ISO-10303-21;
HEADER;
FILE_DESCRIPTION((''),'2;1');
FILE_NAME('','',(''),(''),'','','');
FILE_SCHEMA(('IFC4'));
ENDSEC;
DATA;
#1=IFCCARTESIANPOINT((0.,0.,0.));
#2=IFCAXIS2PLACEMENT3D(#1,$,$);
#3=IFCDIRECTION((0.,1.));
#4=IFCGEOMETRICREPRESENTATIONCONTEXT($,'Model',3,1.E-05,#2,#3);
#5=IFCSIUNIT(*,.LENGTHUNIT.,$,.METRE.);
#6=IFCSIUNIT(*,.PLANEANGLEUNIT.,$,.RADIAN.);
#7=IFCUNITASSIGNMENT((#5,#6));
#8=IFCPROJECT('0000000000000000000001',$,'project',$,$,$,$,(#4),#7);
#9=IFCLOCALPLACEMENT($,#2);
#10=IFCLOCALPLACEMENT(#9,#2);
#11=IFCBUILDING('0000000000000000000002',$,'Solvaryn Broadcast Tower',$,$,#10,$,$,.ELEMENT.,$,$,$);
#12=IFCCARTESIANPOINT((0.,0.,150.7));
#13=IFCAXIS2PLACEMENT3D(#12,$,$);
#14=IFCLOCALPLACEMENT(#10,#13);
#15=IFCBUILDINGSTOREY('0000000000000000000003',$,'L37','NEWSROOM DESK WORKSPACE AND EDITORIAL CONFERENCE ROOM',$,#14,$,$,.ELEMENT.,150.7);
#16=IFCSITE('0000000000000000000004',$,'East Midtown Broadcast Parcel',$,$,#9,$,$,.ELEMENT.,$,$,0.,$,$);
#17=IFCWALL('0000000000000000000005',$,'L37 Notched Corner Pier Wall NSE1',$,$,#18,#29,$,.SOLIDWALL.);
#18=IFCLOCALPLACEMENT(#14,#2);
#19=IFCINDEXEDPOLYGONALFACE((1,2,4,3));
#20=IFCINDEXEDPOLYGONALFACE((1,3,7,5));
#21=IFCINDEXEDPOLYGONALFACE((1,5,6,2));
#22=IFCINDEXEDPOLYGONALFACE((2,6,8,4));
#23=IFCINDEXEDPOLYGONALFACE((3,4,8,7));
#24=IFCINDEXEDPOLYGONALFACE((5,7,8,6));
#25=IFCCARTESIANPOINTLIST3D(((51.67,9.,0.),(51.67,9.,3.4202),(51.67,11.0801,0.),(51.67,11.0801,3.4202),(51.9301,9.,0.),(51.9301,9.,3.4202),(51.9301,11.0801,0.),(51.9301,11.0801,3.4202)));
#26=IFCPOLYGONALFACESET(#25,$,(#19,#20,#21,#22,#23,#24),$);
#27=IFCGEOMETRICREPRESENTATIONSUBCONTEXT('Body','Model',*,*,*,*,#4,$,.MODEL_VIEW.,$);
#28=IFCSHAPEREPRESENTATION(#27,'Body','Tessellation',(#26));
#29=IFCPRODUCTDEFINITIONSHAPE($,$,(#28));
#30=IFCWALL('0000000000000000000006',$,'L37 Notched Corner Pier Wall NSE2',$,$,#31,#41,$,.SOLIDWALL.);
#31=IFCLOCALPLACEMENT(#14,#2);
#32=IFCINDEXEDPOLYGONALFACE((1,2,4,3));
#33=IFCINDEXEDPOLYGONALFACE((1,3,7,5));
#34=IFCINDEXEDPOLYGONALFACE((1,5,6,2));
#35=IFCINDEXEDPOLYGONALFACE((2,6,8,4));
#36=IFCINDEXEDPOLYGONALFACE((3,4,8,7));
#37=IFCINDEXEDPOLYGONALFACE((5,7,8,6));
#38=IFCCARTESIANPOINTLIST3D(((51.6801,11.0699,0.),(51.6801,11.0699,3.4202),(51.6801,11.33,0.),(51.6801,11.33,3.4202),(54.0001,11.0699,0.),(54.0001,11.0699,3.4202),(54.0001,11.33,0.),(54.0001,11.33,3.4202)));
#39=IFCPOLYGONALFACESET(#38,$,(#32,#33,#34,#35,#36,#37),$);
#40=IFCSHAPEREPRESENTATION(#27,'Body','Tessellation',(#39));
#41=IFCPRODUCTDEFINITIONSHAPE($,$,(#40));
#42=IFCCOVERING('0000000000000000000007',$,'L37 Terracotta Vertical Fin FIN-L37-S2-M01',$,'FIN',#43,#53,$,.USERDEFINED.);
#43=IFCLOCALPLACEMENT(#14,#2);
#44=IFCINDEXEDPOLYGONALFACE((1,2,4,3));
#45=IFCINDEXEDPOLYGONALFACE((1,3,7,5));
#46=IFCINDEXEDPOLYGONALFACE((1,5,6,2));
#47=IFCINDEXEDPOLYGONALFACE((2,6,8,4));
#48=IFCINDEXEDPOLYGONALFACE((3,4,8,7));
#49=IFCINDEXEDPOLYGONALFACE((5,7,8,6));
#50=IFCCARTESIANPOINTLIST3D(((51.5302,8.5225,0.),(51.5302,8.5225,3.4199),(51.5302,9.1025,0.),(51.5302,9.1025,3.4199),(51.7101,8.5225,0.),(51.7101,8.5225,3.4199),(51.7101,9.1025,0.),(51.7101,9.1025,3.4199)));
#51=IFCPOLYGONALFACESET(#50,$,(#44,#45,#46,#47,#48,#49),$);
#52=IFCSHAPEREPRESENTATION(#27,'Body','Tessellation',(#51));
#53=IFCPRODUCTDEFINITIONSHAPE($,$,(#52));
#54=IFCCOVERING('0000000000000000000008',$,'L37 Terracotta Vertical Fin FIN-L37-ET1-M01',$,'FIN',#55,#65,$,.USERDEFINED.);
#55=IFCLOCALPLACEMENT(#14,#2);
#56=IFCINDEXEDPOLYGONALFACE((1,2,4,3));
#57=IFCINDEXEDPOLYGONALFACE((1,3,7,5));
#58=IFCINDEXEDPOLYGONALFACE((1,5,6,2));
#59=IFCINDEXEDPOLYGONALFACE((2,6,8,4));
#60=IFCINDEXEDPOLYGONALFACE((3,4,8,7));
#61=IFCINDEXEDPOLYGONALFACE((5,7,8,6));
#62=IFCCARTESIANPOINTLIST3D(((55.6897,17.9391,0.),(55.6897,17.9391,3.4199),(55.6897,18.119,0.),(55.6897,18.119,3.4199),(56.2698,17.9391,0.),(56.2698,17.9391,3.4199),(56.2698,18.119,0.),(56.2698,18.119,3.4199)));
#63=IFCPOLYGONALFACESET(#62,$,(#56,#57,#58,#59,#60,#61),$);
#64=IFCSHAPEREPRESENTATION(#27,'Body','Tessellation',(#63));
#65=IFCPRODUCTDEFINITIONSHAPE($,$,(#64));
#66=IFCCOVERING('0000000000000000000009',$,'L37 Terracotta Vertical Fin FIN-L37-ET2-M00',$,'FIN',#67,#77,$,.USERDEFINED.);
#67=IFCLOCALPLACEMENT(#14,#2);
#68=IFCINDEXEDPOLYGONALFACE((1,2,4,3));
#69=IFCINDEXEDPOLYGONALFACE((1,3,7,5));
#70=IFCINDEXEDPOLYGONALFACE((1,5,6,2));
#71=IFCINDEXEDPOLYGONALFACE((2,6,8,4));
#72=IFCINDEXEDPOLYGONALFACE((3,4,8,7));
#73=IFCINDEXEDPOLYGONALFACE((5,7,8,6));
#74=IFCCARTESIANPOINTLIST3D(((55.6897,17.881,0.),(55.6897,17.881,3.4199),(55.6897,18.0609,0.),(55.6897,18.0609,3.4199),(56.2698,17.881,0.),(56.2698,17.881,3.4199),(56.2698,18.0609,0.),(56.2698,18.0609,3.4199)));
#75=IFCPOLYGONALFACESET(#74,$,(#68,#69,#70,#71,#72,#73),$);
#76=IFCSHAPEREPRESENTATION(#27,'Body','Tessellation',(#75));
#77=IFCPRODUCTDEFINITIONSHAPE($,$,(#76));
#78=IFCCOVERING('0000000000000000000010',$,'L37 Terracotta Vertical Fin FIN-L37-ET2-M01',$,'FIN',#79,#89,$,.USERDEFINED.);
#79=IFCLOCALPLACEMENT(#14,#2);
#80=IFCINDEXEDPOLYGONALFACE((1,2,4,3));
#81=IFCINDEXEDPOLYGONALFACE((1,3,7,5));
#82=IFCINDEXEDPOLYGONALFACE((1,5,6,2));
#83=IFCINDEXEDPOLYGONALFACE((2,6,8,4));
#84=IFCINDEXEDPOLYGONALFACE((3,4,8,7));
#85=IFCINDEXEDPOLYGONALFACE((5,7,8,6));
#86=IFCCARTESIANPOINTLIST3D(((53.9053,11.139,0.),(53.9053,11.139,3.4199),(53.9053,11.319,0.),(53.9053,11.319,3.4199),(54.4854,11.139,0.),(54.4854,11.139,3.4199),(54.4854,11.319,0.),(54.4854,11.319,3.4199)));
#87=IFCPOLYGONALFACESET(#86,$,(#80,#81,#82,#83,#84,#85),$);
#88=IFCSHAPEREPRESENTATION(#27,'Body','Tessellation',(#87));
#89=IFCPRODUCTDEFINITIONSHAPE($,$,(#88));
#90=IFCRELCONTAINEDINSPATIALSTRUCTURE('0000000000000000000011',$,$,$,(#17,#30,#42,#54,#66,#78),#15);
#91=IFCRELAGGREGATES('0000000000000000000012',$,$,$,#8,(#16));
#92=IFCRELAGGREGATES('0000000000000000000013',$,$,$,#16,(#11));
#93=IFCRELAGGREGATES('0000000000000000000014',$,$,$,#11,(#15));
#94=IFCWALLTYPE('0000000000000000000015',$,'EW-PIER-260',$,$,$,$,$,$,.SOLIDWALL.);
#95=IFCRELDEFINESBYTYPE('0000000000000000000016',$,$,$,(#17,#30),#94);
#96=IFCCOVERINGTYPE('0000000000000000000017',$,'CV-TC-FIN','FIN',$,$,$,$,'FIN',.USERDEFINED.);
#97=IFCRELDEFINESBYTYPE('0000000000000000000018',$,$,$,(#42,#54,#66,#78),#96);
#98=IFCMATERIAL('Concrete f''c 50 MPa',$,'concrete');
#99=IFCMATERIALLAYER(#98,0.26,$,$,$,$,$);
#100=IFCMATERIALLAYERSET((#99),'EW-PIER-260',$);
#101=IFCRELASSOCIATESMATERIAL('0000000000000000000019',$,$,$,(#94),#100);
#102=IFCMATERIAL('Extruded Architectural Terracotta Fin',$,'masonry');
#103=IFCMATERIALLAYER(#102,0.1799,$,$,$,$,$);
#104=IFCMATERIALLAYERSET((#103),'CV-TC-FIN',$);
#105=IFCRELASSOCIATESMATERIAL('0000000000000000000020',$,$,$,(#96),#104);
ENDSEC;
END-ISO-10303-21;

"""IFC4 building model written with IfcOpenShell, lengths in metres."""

from ifc_helpers import new_model, si_unit, direction, frame, frame_2d, origin, origin_2d, place, context, subcontext, project, spatial, rectangle, extrude, material, layer, layer_set, type_object, element, save


model = new_model("IFC4")

# Units and contexts
model_context = context("Model", 3, precision=1e-05, world=origin(), true_north=direction((0.0, 1.0)))
body_context = subcontext(model_context, "Body", "Model", "MODEL_VIEW")
ifc_project = project(units=[si_unit("LENGTHUNIT", "METRE"), si_unit("PLANEANGLEUNIT", "RADIAN")], contexts=[model_context])

# Site, building, storey
site_placement = place(None, origin())
site = spatial("IfcSite", under=ifc_project, at=site_placement, Name="East Midtown Broadcast Parcel", CompositionType="ELEMENT", RefElevation=0.0)
building_placement = place(site_placement, origin())
building = spatial("IfcBuilding", under=site, at=building_placement, Name="Solvaryn Broadcast Tower", CompositionType="ELEMENT")
storey_placement = place(building_placement, frame((0.0, 0.0, 150.7)))
storey = spatial("IfcBuildingStorey", under=building, at=storey_placement, Name="L37", Description="NEWSROOM DESK WORKSPACE AND EDITORIAL CONFERENCE ROOM", CompositionType="ELEMENT", Elevation=150.7)

# Walls
ifc_material_1 = material(Name="Concrete f'c 50 MPa", Category="concrete")
ifc_layer_1 = layer(ifc_material_1, 0.26)
ifc_layer_set_1 = layer_set([ifc_layer_1], Name="EW-PIER-260")
wall_type = type_object("IfcWallType", Name="EW-PIER-260", PredefinedType="SOLIDWALL", material=ifc_layer_set_1)
wall_1_placement = place(storey_placement, frame((51.8, 9.0, 0.0), z_axis=(0.0, 0.0, 1.0), x_axis=(0.0, 1.0, 0.0)))
element("IfcWall", 1, at=wall_1_placement, inside=storey, type_object=wall_type, Name="L37 Notched Corner Pier Wall NSE1", PredefinedType="SOLIDWALL", context=body_context, shape_type="SweptSolid", body=[
    extrude(rectangle(XDim=2.0801, YDim=0.26, at=frame_2d((1.04, 0.0))), origin(), (0.0, 0.0, 1.0), 3.4202),
])
wall_2_placement = place(storey_placement, frame((51.6799, 11.2, 0.0), z_axis=(0.0, 0.0, 1.0), x_axis=(1.0, 0.0, 0.0)))
element("IfcWall", 2, at=wall_2_placement, inside=storey, type_object=wall_type, Name="L37 Notched Corner Pier Wall NSE2", PredefinedType="SOLIDWALL", context=body_context, shape_type="SweptSolid", body=[
    extrude(rectangle(XDim=2.3201, YDim=0.26, at=frame_2d((1.1602, 0.0))), origin(), (0.0, 0.0, 1.0), 3.4202),
])

# Coverings
ifc_material_2 = material(Name="Extruded Architectural Terracotta Fin", Category="masonry")
ifc_layer_2 = layer(ifc_material_2, 0.1799)
ifc_layer_set_2 = layer_set([ifc_layer_2], Name="CV-TC-FIN")
covering_type = type_object("IfcCoveringType", Name="CV-TC-FIN", Description="FIN", ElementType="FIN", PredefinedType="USERDEFINED", material=ifc_layer_set_2)
covering_placement = place(storey_placement, frame((51.6201, 8.8125, 0.0), z_axis=(0.0, 0.0, 1.0), x_axis=(1.0, 0.0, 0.0)))
element("IfcCovering", 3, at=covering_placement, inside=storey, type_object=covering_type, Name="L37 Terracotta Vertical Fin FIN-L37-S2-M01", ObjectType="FIN", PredefinedType="USERDEFINED", context=body_context, shape_type="SweptSolid", body=[
    extrude(rectangle(XDim=0.1799, YDim=0.5801, at=origin_2d()), origin(), (0.0, 0.0, 1.0), 3.4199),
])
for number, where, z_axis, x_axis, name in (
    (4, (55.9797, 18.0291, 0.0), (0.0, 0.0, 1.0), (1.0, 0.0, 0.0), "L37 Terracotta Vertical Fin FIN-L37-ET1-M01"),
    (5, (55.9797, 17.9709, 0.0), (0.0, 0.0, 1.0), (1.0, 0.0, 0.0), "L37 Terracotta Vertical Fin FIN-L37-ET2-M00"),
    (6, (54.1953, 11.229, 0.0), (0.0, 0.0, 1.0), (1.0, 0.0, 0.0), "L37 Terracotta Vertical Fin FIN-L37-ET2-M01"),
):
    element("IfcCovering", number, at=place(storey_placement, frame(where, z_axis=z_axis, x_axis=x_axis)), inside=storey, type_object=covering_type, Name=name, ObjectType="FIN", PredefinedType="USERDEFINED", context=body_context, shape_type="SweptSolid", body=[
        extrude(rectangle(XDim=0.5801, YDim=0.1799, at=origin_2d()), origin(), (0.0, 0.0, 1.0), 3.4199),
    ])

save(model, "model.ifc")
